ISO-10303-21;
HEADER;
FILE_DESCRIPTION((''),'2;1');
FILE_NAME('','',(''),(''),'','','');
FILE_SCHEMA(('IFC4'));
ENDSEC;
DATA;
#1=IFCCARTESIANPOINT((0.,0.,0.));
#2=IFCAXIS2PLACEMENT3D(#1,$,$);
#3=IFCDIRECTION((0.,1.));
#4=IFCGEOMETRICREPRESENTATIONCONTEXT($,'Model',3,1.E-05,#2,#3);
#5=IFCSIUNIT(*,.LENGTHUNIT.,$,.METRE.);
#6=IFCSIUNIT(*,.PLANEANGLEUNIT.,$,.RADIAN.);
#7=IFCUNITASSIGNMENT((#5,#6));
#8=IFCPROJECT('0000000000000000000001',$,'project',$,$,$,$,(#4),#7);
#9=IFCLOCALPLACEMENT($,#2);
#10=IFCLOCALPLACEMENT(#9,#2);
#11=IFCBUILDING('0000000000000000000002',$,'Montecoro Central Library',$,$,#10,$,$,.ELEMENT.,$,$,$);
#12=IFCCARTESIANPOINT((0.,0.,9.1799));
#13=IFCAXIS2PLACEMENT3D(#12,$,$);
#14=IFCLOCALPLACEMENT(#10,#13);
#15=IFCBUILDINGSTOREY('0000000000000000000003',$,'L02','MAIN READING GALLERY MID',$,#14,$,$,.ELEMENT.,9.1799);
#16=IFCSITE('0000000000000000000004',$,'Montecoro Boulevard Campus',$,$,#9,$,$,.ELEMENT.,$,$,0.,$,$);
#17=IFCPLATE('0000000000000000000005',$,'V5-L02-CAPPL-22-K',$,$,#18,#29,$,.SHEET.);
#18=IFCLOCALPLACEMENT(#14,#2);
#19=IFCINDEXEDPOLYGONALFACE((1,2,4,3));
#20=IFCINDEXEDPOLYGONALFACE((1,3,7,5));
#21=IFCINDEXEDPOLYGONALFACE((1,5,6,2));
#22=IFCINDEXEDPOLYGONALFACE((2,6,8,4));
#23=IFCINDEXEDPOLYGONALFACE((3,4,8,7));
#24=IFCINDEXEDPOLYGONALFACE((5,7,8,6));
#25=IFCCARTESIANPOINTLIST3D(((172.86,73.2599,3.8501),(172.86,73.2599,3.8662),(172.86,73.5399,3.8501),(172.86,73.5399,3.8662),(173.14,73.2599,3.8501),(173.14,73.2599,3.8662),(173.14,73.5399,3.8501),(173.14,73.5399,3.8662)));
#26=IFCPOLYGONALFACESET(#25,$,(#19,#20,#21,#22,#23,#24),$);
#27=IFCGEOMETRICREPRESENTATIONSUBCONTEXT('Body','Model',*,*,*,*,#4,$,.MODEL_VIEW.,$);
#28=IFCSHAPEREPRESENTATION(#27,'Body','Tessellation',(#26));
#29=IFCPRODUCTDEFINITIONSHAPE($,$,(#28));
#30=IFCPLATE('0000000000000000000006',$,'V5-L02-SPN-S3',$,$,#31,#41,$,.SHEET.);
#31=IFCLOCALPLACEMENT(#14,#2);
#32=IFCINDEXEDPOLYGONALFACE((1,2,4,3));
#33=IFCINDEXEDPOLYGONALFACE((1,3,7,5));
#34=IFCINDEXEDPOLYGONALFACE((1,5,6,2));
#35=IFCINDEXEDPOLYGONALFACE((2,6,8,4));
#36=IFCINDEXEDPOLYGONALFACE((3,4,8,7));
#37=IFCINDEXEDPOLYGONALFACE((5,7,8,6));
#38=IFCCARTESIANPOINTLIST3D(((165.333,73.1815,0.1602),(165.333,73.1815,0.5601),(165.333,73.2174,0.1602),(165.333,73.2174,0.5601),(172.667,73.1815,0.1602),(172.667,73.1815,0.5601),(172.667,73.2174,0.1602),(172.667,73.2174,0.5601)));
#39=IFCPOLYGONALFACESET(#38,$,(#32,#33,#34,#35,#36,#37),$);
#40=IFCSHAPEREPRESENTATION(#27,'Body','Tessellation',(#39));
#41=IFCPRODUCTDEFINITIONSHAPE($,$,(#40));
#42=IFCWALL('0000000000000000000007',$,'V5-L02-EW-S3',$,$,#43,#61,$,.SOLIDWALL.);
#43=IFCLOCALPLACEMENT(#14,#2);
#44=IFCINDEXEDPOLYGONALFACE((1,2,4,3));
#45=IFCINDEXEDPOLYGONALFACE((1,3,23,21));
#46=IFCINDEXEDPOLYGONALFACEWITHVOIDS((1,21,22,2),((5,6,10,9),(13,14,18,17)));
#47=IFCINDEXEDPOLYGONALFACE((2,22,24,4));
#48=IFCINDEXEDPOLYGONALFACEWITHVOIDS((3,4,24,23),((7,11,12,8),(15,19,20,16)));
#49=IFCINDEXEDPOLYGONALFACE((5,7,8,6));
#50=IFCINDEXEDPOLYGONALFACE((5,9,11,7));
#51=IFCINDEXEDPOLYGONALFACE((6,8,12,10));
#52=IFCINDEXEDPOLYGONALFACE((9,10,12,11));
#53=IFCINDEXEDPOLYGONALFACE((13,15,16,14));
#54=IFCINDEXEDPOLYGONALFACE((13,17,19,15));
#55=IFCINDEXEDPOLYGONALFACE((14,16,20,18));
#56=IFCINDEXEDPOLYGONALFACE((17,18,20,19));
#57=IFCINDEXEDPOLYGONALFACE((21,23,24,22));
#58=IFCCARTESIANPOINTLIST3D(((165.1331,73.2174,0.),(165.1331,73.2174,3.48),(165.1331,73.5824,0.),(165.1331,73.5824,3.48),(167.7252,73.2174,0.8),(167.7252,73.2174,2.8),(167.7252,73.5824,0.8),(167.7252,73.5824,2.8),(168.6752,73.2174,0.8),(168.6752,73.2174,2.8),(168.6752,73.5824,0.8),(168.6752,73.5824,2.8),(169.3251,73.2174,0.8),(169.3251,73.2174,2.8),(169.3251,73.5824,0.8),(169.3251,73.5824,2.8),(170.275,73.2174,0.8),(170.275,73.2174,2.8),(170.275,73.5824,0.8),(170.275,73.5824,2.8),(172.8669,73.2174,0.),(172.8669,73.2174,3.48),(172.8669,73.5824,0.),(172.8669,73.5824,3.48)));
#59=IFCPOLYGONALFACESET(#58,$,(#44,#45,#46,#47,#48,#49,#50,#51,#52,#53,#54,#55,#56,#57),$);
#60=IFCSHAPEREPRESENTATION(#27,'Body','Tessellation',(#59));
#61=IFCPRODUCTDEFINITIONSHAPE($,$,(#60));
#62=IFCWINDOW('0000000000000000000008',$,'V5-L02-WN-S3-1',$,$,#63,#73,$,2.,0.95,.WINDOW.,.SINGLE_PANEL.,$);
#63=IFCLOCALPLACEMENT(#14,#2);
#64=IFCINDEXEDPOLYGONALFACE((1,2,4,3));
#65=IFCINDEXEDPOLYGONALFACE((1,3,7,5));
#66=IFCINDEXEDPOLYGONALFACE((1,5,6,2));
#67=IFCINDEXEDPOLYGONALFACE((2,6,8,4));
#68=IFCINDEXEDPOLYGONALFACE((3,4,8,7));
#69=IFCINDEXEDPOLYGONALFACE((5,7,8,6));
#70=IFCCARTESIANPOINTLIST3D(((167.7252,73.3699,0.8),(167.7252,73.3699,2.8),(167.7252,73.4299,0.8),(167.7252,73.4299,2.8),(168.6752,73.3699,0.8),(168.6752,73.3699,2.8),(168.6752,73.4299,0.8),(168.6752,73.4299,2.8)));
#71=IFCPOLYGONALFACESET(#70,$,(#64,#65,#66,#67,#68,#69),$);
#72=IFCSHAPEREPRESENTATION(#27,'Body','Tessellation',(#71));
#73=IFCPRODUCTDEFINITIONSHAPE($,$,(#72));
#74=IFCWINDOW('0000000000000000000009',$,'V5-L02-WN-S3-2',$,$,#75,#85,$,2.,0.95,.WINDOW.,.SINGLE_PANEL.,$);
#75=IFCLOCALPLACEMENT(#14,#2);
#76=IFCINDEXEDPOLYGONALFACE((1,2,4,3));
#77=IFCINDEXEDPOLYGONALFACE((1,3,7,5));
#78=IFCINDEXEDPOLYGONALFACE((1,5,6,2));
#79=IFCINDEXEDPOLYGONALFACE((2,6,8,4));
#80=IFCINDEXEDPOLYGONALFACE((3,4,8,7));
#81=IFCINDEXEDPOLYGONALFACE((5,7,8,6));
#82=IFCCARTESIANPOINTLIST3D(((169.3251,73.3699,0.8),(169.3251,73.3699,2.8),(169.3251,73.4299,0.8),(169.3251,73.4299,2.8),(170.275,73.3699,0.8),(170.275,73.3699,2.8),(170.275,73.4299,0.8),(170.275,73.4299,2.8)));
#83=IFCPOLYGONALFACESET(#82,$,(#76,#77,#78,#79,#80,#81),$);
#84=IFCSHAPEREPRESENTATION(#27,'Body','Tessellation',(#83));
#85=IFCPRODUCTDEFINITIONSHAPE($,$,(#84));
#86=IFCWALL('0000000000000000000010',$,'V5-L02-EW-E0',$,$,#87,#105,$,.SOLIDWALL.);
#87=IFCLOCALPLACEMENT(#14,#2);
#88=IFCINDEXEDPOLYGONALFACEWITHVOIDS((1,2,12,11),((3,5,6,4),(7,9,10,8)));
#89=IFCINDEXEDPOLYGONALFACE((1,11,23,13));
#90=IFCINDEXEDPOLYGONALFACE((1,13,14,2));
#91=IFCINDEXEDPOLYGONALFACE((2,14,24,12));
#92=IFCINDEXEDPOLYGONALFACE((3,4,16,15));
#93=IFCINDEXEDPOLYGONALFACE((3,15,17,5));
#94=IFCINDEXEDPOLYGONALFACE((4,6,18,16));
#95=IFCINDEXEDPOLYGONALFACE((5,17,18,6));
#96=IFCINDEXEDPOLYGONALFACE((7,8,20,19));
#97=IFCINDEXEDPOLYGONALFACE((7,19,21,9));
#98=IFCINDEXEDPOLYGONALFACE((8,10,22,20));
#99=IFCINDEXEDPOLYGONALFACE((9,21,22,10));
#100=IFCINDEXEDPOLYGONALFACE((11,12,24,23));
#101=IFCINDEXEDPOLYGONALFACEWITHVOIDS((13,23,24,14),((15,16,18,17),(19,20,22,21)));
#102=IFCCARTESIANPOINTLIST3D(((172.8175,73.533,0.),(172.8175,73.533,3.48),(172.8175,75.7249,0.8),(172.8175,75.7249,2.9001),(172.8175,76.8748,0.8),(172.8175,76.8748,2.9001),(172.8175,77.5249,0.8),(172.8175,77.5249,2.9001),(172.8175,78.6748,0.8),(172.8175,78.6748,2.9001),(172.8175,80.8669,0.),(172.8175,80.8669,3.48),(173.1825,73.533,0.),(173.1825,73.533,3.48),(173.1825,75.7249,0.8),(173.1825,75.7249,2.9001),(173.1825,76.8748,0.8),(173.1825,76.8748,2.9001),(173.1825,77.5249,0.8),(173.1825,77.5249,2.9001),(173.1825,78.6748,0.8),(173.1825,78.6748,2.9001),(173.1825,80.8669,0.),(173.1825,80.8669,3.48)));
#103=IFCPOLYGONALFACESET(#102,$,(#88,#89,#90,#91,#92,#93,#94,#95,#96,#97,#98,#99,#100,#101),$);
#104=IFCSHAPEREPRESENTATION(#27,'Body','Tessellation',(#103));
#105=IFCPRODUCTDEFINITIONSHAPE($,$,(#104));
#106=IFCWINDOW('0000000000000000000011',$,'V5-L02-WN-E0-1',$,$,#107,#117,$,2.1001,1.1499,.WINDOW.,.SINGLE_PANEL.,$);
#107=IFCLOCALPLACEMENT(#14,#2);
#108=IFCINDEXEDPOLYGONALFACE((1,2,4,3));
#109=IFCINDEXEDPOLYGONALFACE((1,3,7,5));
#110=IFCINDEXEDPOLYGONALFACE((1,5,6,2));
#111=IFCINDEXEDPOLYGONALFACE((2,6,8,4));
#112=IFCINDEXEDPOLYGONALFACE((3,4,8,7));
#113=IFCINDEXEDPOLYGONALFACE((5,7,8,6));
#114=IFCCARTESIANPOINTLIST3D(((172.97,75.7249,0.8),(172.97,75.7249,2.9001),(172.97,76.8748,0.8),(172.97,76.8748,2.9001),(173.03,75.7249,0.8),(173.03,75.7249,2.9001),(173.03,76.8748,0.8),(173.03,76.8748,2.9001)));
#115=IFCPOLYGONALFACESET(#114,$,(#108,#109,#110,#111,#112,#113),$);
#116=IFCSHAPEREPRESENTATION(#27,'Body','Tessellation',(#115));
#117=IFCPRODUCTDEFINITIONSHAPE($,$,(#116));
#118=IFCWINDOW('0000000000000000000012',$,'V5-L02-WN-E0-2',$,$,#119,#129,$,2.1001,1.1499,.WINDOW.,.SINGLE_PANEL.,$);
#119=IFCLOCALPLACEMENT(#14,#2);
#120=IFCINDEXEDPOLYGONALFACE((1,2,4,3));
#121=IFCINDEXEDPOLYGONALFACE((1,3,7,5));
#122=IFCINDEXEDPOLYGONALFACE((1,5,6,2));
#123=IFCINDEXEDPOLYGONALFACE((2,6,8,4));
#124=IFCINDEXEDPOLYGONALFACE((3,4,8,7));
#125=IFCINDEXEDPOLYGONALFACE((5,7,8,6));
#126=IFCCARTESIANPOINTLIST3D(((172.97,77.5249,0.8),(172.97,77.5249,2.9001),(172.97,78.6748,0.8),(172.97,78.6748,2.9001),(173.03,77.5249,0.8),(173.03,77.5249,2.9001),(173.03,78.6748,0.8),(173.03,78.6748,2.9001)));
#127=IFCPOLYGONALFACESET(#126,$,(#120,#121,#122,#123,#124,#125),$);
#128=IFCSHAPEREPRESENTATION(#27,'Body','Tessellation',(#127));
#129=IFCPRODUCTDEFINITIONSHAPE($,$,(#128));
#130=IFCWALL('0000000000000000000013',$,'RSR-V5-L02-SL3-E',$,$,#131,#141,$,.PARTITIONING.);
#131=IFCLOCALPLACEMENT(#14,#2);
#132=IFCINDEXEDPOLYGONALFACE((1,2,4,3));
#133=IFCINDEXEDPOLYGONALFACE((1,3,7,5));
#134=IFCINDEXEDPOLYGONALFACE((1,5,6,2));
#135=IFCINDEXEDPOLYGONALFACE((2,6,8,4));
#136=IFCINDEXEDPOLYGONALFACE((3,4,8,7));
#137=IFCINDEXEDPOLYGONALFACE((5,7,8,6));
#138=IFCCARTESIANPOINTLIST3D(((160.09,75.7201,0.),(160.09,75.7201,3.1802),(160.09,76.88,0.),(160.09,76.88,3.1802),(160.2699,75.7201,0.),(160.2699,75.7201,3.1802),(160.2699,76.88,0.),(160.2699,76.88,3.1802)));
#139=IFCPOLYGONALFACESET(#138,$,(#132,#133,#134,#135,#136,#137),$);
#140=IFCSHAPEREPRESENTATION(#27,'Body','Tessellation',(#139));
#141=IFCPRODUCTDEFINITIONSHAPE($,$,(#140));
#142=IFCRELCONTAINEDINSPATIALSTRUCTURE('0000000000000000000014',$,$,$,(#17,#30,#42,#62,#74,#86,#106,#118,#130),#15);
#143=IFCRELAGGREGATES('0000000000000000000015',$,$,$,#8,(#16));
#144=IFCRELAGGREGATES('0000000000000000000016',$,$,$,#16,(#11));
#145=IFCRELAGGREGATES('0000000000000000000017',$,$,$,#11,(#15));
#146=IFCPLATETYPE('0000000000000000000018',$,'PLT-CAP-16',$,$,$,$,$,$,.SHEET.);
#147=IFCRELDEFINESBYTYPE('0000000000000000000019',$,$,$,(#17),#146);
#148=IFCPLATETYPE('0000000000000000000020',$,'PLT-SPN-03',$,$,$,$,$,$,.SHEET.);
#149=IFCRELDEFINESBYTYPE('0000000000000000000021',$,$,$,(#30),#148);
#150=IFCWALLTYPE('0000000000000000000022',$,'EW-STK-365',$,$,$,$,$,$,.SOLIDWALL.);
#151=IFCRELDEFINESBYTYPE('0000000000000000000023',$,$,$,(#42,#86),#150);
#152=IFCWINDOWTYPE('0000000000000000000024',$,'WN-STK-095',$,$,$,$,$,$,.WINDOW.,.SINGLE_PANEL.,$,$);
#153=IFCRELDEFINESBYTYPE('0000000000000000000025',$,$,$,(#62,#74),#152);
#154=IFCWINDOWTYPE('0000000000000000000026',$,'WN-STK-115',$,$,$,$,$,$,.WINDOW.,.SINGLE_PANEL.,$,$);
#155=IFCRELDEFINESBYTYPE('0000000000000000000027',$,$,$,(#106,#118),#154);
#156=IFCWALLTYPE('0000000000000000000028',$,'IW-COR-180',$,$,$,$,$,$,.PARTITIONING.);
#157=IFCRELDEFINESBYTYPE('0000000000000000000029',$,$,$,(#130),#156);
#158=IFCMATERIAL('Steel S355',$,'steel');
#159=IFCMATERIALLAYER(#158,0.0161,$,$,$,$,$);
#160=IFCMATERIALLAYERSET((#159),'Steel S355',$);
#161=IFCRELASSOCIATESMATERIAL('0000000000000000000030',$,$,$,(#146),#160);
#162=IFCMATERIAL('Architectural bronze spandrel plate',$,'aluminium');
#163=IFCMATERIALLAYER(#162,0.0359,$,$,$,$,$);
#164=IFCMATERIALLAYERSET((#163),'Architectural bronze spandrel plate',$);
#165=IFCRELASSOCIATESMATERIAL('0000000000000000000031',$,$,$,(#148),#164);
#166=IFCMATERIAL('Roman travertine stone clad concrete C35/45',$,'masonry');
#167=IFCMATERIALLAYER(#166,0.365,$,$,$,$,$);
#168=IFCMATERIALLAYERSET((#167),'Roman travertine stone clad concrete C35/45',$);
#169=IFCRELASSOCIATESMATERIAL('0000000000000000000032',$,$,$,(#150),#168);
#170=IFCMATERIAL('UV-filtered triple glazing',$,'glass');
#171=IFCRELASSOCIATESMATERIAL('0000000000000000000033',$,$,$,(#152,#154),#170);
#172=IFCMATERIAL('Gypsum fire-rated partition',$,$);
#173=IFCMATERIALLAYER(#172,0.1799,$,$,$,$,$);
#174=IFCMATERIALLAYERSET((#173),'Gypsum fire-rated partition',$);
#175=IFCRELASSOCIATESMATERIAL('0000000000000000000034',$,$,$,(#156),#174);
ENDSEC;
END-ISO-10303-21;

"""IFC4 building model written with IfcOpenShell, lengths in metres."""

from ifc_helpers import new_model, si_unit, direction, frame, frame_2d, origin, origin_2d, place, context, subcontext, project, spatial, rectangle, extrude, material, layer, layer_set, type_object, element, fill, save


model = new_model("IFC4")

# Units and contexts
model_context = context("Model", 3, precision=1e-05, world=origin(), true_north=direction((0.0, 1.0)))
body_context = subcontext(model_context, "Body", "Model", "MODEL_VIEW")
ifc_project = project(units=[si_unit("LENGTHUNIT", "METRE"), si_unit("PLANEANGLEUNIT", "RADIAN")], contexts=[model_context])

# Site, building, storey
site_placement = place(None, origin())
site = spatial("IfcSite", under=ifc_project, at=site_placement, Name="Montecoro Boulevard Campus", CompositionType="ELEMENT", RefElevation=0.0)
building_placement = place(site_placement, origin())
building = spatial("IfcBuilding", under=site, at=building_placement, Name="Montecoro Central Library", CompositionType="ELEMENT")
storey_placement = place(building_placement, frame((0.0, 0.0, 9.1799)))
storey = spatial("IfcBuildingStorey", under=building, at=storey_placement, Name="L02", Description="MAIN READING GALLERY MID", CompositionType="ELEMENT", Elevation=9.1799)

# Shared definitions
ifc_material_1 = material(Name="Steel S355", Category="steel")

# Plates
ifc_layer_1 = layer(ifc_material_1, 0.0161)
ifc_layer_set_1 = layer_set([ifc_layer_1], Name="Steel S355")
plate_type_1 = type_object("IfcPlateType", Name="PLT-CAP-16", PredefinedType="SHEET", material=ifc_layer_set_1)
for number, where, z_axis, x_axis, name in (
    (1, (173.0, 73.3999, 3.8501), (0.0, 0.0, 1.0), (1.0, 0.0, 0.0), "V5-L02-CAPPL-22-K"),
):
    element("IfcPlate", number, at=place(storey_placement, frame(where, z_axis=z_axis, x_axis=x_axis)), inside=storey, type_object=plate_type_1, Name=name, PredefinedType="SHEET", context=body_context, shape_type="SweptSolid", body=[
        extrude(rectangle(XDim=0.28, YDim=0.28, at=origin_2d()), origin(), (0.0, 0.0, 1.0), 0.0161),
    ])
ifc_material_2 = material(Name="Architectural bronze spandrel plate", Category="aluminium")
ifc_layer_2 = layer(ifc_material_2, 0.0359)
ifc_layer_set_2 = layer_set([ifc_layer_2], Name="Architectural bronze spandrel plate")
plate_type_2 = type_object("IfcPlateType", Name="PLT-SPN-03", PredefinedType="SHEET", material=ifc_layer_set_2)
plate_1_placement = place(storey_placement, frame((169.0, 73.1995, 0.1602), z_axis=(0.0, 0.0, 1.0), x_axis=(1.0, 0.0, 0.0)))
element("IfcPlate", 2, at=plate_1_placement, inside=storey, type_object=plate_type_2, Name="V5-L02-SPN-S3", PredefinedType="SHEET", context=body_context, shape_type="SweptSolid", body=[
    extrude(rectangle(XDim=7.334, YDim=0.0359, at=origin_2d()), origin(), (0.0, 0.0, 1.0), 0.3999),
])

# Walls, openings, windows
ifc_material_3 = material(Name="Roman travertine stone clad concrete C35/45", Category="masonry")
ifc_layer_3 = layer(ifc_material_3, 0.365)
ifc_layer_set_3 = layer_set([ifc_layer_3], Name="Roman travertine stone clad concrete C35/45")
wall_type_1 = type_object("IfcWallType", Name="EW-STK-365", PredefinedType="SOLIDWALL", material=ifc_layer_set_3)
wall_1_placement = place(storey_placement, frame((165.1331, 73.3999, 0.0), z_axis=(0.0, 0.0, 1.0), x_axis=(1.0, 0.0, 0.0)))
wall_1 = element("IfcWall", 3, at=wall_1_placement, inside=storey, type_object=wall_type_1, Name="V5-L02-EW-S3", PredefinedType="SOLIDWALL", context=body_context, shape_type="SweptSolid", body=[
    extrude(rectangle(XDim=7.7339, YDim=0.365, at=frame_2d((3.8669, 0.0))), origin(), (0.0, 0.0, 1.0), 3.48),
])
opening_1_placement = place(wall_1_placement, frame((2.592, 0.0, 0.8)))
opening_1 = element("IfcOpeningElement", 4, at=opening_1_placement, cuts=wall_1, PredefinedType="OPENING", context=body_context, shape_type="SweptSolid", body=[
    extrude(rectangle(XDim=0.95, YDim=2.0, at=frame_2d((0.4751, 1.0))), frame((0.0, 0.1924, 0.0), z_axis=(0.0, -1.0, 0.0), x_axis=(1.0, 0.0, 0.0)), (0.0, 0.0, 1.0), 0.385),
])
opening_2_placement = place(wall_1_placement, frame((4.1919, 0.0, 0.8)))
opening_2 = element("IfcOpeningElement", 5, at=opening_2_placement, cuts=wall_1, PredefinedType="OPENING", context=body_context, shape_type="SweptSolid", body=[
    extrude(rectangle(XDim=0.95, YDim=2.0, at=frame_2d((0.4751, 1.0))), frame((0.0, 0.1924, 0.0), z_axis=(0.0, -1.0, 0.0), x_axis=(1.0, 0.0, 0.0)), (0.0, 0.0, 1.0), 0.385),
])
ifc_material_4 = material(Name="UV-filtered triple glazing", Category="glass")
window_type_1 = type_object("IfcWindowType", Name="WN-STK-095", PartitioningType="SINGLE_PANEL", PredefinedType="WINDOW", material=ifc_material_4)
window_1_placement = place(opening_1_placement, origin())
window_1 = element("IfcWindow", 6, at=window_1_placement, inside=storey, type_object=window_type_1, Name="V5-L02-WN-S3-1", OverallHeight=2.0, OverallWidth=0.95, PartitioningType="SINGLE_PANEL", PredefinedType="WINDOW", context=body_context, shape_type="SweptSolid", body=[
    extrude(rectangle(XDim=0.95, YDim=2.0, at=frame_2d((0.4751, 1.0))), frame((0.0, 0.03, 0.0), z_axis=(0.0, -1.0, 0.0), x_axis=(1.0, 0.0, 0.0)), (0.0, 0.0, 1.0), 0.0601),
])
fill(opening_1, window_1)
window_2_placement = place(opening_2_placement, origin())
window_2 = element("IfcWindow", 7, at=window_2_placement, inside=storey, type_object=window_type_1, Name="V5-L02-WN-S3-2", OverallHeight=2.0, OverallWidth=0.95, PartitioningType="SINGLE_PANEL", PredefinedType="WINDOW", context=body_context, shape_type="SweptSolid", body=[
    extrude(rectangle(XDim=0.95, YDim=2.0, at=frame_2d((0.4751, 1.0))), frame((0.0, 0.03, 0.0), z_axis=(0.0, -1.0, 0.0), x_axis=(1.0, 0.0, 0.0)), (0.0, 0.0, 1.0), 0.0601),
])
fill(opening_2, window_2)
wall_2_placement = place(storey_placement, frame((173.0, 73.533, 0.0), z_axis=(0.0, 0.0, 1.0), x_axis=(0.0, 1.0, 0.0)))
wall_2 = element("IfcWall", 8, at=wall_2_placement, inside=storey, type_object=wall_type_1, Name="V5-L02-EW-E0", PredefinedType="SOLIDWALL", context=body_context, shape_type="SweptSolid", body=[
    extrude(rectangle(XDim=7.334, YDim=0.365, at=frame_2d((3.667, 0.0))), origin(), (0.0, 0.0, 1.0), 3.48),
])
opening_3_placement = place(wall_2_placement, frame((2.1919, 0.0, 0.8)))
opening_3 = element("IfcOpeningElement", 9, at=opening_3_placement, cuts=wall_2, PredefinedType="OPENING", context=body_context, shape_type="SweptSolid", body=[
    extrude(rectangle(XDim=1.1499, YDim=2.1001, at=frame_2d((0.575, 1.05))), frame((0.0, 0.1924, 0.0), z_axis=(0.0, -1.0, 0.0), x_axis=(1.0, 0.0, 0.0)), (0.0, 0.0, 1.0), 0.385),
])
opening_4_placement = place(wall_2_placement, frame((3.9919, 0.0, 0.8)))
opening_4 = element("IfcOpeningElement", 10, at=opening_4_placement, cuts=wall_2, PredefinedType="OPENING", context=body_context, shape_type="SweptSolid", body=[
    extrude(rectangle(XDim=1.1499, YDim=2.1001, at=frame_2d((0.575, 1.05))), frame((0.0, 0.1924, 0.0), z_axis=(0.0, -1.0, 0.0), x_axis=(1.0, 0.0, 0.0)), (0.0, 0.0, 1.0), 0.385),
])
window_type_2 = type_object("IfcWindowType", Name="WN-STK-115", PartitioningType="SINGLE_PANEL", PredefinedType="WINDOW", material=ifc_material_4)
window_3_placement = place(opening_3_placement, origin())
window_3 = element("IfcWindow", 11, at=window_3_placement, inside=storey, type_object=window_type_2, Name="V5-L02-WN-E0-1", OverallHeight=2.1001, OverallWidth=1.1499, PartitioningType="SINGLE_PANEL", PredefinedType="WINDOW", context=body_context, shape_type="SweptSolid", body=[
    extrude(rectangle(XDim=1.1499, YDim=2.1001, at=frame_2d((0.575, 1.05))), frame((0.0, 0.03, 0.0), z_axis=(0.0, -1.0, 0.0), x_axis=(1.0, 0.0, 0.0)), (0.0, 0.0, 1.0), 0.0601),
])
fill(opening_3, window_3)
window_4_placement = place(opening_4_placement, origin())
window_4 = element("IfcWindow", 12, at=window_4_placement, inside=storey, type_object=window_type_2, Name="V5-L02-WN-E0-2", OverallHeight=2.1001, OverallWidth=1.1499, PartitioningType="SINGLE_PANEL", PredefinedType="WINDOW", context=body_context, shape_type="SweptSolid", body=[
    extrude(rectangle(XDim=1.1499, YDim=2.1001, at=frame_2d((0.575, 1.05))), frame((0.0, 0.03, 0.0), z_axis=(0.0, -1.0, 0.0), x_axis=(1.0, 0.0, 0.0)), (0.0, 0.0, 1.0), 0.0601),
])
fill(opening_4, window_4)

# Wall
ifc_material_5 = material(Name="Gypsum fire-rated partition")
ifc_layer_4 = layer(ifc_material_5, 0.1799)
ifc_layer_set_4 = layer_set([ifc_layer_4], Name="Gypsum fire-rated partition")
wall_type_2 = type_object("IfcWallType", Name="IW-COR-180", PredefinedType="PARTITIONING", material=ifc_layer_set_4)
wall_3_placement = place(storey_placement, frame((160.1799, 75.72, 0.0), z_axis=(0.0, 0.0, 1.0), x_axis=(0.0, 1.0, 0.0)))
element("IfcWall", 13, at=wall_3_placement, inside=storey, type_object=wall_type_2, Name="RSR-V5-L02-SL3-E", PredefinedType="PARTITIONING", context=body_context, shape_type="SweptSolid", body=[
    extrude(rectangle(XDim=1.1599, YDim=0.1799, at=frame_2d((0.5801, 0.0))), origin(), (0.0, 0.0, 1.0), 3.1802),
])

save(model, "model.ifc")
